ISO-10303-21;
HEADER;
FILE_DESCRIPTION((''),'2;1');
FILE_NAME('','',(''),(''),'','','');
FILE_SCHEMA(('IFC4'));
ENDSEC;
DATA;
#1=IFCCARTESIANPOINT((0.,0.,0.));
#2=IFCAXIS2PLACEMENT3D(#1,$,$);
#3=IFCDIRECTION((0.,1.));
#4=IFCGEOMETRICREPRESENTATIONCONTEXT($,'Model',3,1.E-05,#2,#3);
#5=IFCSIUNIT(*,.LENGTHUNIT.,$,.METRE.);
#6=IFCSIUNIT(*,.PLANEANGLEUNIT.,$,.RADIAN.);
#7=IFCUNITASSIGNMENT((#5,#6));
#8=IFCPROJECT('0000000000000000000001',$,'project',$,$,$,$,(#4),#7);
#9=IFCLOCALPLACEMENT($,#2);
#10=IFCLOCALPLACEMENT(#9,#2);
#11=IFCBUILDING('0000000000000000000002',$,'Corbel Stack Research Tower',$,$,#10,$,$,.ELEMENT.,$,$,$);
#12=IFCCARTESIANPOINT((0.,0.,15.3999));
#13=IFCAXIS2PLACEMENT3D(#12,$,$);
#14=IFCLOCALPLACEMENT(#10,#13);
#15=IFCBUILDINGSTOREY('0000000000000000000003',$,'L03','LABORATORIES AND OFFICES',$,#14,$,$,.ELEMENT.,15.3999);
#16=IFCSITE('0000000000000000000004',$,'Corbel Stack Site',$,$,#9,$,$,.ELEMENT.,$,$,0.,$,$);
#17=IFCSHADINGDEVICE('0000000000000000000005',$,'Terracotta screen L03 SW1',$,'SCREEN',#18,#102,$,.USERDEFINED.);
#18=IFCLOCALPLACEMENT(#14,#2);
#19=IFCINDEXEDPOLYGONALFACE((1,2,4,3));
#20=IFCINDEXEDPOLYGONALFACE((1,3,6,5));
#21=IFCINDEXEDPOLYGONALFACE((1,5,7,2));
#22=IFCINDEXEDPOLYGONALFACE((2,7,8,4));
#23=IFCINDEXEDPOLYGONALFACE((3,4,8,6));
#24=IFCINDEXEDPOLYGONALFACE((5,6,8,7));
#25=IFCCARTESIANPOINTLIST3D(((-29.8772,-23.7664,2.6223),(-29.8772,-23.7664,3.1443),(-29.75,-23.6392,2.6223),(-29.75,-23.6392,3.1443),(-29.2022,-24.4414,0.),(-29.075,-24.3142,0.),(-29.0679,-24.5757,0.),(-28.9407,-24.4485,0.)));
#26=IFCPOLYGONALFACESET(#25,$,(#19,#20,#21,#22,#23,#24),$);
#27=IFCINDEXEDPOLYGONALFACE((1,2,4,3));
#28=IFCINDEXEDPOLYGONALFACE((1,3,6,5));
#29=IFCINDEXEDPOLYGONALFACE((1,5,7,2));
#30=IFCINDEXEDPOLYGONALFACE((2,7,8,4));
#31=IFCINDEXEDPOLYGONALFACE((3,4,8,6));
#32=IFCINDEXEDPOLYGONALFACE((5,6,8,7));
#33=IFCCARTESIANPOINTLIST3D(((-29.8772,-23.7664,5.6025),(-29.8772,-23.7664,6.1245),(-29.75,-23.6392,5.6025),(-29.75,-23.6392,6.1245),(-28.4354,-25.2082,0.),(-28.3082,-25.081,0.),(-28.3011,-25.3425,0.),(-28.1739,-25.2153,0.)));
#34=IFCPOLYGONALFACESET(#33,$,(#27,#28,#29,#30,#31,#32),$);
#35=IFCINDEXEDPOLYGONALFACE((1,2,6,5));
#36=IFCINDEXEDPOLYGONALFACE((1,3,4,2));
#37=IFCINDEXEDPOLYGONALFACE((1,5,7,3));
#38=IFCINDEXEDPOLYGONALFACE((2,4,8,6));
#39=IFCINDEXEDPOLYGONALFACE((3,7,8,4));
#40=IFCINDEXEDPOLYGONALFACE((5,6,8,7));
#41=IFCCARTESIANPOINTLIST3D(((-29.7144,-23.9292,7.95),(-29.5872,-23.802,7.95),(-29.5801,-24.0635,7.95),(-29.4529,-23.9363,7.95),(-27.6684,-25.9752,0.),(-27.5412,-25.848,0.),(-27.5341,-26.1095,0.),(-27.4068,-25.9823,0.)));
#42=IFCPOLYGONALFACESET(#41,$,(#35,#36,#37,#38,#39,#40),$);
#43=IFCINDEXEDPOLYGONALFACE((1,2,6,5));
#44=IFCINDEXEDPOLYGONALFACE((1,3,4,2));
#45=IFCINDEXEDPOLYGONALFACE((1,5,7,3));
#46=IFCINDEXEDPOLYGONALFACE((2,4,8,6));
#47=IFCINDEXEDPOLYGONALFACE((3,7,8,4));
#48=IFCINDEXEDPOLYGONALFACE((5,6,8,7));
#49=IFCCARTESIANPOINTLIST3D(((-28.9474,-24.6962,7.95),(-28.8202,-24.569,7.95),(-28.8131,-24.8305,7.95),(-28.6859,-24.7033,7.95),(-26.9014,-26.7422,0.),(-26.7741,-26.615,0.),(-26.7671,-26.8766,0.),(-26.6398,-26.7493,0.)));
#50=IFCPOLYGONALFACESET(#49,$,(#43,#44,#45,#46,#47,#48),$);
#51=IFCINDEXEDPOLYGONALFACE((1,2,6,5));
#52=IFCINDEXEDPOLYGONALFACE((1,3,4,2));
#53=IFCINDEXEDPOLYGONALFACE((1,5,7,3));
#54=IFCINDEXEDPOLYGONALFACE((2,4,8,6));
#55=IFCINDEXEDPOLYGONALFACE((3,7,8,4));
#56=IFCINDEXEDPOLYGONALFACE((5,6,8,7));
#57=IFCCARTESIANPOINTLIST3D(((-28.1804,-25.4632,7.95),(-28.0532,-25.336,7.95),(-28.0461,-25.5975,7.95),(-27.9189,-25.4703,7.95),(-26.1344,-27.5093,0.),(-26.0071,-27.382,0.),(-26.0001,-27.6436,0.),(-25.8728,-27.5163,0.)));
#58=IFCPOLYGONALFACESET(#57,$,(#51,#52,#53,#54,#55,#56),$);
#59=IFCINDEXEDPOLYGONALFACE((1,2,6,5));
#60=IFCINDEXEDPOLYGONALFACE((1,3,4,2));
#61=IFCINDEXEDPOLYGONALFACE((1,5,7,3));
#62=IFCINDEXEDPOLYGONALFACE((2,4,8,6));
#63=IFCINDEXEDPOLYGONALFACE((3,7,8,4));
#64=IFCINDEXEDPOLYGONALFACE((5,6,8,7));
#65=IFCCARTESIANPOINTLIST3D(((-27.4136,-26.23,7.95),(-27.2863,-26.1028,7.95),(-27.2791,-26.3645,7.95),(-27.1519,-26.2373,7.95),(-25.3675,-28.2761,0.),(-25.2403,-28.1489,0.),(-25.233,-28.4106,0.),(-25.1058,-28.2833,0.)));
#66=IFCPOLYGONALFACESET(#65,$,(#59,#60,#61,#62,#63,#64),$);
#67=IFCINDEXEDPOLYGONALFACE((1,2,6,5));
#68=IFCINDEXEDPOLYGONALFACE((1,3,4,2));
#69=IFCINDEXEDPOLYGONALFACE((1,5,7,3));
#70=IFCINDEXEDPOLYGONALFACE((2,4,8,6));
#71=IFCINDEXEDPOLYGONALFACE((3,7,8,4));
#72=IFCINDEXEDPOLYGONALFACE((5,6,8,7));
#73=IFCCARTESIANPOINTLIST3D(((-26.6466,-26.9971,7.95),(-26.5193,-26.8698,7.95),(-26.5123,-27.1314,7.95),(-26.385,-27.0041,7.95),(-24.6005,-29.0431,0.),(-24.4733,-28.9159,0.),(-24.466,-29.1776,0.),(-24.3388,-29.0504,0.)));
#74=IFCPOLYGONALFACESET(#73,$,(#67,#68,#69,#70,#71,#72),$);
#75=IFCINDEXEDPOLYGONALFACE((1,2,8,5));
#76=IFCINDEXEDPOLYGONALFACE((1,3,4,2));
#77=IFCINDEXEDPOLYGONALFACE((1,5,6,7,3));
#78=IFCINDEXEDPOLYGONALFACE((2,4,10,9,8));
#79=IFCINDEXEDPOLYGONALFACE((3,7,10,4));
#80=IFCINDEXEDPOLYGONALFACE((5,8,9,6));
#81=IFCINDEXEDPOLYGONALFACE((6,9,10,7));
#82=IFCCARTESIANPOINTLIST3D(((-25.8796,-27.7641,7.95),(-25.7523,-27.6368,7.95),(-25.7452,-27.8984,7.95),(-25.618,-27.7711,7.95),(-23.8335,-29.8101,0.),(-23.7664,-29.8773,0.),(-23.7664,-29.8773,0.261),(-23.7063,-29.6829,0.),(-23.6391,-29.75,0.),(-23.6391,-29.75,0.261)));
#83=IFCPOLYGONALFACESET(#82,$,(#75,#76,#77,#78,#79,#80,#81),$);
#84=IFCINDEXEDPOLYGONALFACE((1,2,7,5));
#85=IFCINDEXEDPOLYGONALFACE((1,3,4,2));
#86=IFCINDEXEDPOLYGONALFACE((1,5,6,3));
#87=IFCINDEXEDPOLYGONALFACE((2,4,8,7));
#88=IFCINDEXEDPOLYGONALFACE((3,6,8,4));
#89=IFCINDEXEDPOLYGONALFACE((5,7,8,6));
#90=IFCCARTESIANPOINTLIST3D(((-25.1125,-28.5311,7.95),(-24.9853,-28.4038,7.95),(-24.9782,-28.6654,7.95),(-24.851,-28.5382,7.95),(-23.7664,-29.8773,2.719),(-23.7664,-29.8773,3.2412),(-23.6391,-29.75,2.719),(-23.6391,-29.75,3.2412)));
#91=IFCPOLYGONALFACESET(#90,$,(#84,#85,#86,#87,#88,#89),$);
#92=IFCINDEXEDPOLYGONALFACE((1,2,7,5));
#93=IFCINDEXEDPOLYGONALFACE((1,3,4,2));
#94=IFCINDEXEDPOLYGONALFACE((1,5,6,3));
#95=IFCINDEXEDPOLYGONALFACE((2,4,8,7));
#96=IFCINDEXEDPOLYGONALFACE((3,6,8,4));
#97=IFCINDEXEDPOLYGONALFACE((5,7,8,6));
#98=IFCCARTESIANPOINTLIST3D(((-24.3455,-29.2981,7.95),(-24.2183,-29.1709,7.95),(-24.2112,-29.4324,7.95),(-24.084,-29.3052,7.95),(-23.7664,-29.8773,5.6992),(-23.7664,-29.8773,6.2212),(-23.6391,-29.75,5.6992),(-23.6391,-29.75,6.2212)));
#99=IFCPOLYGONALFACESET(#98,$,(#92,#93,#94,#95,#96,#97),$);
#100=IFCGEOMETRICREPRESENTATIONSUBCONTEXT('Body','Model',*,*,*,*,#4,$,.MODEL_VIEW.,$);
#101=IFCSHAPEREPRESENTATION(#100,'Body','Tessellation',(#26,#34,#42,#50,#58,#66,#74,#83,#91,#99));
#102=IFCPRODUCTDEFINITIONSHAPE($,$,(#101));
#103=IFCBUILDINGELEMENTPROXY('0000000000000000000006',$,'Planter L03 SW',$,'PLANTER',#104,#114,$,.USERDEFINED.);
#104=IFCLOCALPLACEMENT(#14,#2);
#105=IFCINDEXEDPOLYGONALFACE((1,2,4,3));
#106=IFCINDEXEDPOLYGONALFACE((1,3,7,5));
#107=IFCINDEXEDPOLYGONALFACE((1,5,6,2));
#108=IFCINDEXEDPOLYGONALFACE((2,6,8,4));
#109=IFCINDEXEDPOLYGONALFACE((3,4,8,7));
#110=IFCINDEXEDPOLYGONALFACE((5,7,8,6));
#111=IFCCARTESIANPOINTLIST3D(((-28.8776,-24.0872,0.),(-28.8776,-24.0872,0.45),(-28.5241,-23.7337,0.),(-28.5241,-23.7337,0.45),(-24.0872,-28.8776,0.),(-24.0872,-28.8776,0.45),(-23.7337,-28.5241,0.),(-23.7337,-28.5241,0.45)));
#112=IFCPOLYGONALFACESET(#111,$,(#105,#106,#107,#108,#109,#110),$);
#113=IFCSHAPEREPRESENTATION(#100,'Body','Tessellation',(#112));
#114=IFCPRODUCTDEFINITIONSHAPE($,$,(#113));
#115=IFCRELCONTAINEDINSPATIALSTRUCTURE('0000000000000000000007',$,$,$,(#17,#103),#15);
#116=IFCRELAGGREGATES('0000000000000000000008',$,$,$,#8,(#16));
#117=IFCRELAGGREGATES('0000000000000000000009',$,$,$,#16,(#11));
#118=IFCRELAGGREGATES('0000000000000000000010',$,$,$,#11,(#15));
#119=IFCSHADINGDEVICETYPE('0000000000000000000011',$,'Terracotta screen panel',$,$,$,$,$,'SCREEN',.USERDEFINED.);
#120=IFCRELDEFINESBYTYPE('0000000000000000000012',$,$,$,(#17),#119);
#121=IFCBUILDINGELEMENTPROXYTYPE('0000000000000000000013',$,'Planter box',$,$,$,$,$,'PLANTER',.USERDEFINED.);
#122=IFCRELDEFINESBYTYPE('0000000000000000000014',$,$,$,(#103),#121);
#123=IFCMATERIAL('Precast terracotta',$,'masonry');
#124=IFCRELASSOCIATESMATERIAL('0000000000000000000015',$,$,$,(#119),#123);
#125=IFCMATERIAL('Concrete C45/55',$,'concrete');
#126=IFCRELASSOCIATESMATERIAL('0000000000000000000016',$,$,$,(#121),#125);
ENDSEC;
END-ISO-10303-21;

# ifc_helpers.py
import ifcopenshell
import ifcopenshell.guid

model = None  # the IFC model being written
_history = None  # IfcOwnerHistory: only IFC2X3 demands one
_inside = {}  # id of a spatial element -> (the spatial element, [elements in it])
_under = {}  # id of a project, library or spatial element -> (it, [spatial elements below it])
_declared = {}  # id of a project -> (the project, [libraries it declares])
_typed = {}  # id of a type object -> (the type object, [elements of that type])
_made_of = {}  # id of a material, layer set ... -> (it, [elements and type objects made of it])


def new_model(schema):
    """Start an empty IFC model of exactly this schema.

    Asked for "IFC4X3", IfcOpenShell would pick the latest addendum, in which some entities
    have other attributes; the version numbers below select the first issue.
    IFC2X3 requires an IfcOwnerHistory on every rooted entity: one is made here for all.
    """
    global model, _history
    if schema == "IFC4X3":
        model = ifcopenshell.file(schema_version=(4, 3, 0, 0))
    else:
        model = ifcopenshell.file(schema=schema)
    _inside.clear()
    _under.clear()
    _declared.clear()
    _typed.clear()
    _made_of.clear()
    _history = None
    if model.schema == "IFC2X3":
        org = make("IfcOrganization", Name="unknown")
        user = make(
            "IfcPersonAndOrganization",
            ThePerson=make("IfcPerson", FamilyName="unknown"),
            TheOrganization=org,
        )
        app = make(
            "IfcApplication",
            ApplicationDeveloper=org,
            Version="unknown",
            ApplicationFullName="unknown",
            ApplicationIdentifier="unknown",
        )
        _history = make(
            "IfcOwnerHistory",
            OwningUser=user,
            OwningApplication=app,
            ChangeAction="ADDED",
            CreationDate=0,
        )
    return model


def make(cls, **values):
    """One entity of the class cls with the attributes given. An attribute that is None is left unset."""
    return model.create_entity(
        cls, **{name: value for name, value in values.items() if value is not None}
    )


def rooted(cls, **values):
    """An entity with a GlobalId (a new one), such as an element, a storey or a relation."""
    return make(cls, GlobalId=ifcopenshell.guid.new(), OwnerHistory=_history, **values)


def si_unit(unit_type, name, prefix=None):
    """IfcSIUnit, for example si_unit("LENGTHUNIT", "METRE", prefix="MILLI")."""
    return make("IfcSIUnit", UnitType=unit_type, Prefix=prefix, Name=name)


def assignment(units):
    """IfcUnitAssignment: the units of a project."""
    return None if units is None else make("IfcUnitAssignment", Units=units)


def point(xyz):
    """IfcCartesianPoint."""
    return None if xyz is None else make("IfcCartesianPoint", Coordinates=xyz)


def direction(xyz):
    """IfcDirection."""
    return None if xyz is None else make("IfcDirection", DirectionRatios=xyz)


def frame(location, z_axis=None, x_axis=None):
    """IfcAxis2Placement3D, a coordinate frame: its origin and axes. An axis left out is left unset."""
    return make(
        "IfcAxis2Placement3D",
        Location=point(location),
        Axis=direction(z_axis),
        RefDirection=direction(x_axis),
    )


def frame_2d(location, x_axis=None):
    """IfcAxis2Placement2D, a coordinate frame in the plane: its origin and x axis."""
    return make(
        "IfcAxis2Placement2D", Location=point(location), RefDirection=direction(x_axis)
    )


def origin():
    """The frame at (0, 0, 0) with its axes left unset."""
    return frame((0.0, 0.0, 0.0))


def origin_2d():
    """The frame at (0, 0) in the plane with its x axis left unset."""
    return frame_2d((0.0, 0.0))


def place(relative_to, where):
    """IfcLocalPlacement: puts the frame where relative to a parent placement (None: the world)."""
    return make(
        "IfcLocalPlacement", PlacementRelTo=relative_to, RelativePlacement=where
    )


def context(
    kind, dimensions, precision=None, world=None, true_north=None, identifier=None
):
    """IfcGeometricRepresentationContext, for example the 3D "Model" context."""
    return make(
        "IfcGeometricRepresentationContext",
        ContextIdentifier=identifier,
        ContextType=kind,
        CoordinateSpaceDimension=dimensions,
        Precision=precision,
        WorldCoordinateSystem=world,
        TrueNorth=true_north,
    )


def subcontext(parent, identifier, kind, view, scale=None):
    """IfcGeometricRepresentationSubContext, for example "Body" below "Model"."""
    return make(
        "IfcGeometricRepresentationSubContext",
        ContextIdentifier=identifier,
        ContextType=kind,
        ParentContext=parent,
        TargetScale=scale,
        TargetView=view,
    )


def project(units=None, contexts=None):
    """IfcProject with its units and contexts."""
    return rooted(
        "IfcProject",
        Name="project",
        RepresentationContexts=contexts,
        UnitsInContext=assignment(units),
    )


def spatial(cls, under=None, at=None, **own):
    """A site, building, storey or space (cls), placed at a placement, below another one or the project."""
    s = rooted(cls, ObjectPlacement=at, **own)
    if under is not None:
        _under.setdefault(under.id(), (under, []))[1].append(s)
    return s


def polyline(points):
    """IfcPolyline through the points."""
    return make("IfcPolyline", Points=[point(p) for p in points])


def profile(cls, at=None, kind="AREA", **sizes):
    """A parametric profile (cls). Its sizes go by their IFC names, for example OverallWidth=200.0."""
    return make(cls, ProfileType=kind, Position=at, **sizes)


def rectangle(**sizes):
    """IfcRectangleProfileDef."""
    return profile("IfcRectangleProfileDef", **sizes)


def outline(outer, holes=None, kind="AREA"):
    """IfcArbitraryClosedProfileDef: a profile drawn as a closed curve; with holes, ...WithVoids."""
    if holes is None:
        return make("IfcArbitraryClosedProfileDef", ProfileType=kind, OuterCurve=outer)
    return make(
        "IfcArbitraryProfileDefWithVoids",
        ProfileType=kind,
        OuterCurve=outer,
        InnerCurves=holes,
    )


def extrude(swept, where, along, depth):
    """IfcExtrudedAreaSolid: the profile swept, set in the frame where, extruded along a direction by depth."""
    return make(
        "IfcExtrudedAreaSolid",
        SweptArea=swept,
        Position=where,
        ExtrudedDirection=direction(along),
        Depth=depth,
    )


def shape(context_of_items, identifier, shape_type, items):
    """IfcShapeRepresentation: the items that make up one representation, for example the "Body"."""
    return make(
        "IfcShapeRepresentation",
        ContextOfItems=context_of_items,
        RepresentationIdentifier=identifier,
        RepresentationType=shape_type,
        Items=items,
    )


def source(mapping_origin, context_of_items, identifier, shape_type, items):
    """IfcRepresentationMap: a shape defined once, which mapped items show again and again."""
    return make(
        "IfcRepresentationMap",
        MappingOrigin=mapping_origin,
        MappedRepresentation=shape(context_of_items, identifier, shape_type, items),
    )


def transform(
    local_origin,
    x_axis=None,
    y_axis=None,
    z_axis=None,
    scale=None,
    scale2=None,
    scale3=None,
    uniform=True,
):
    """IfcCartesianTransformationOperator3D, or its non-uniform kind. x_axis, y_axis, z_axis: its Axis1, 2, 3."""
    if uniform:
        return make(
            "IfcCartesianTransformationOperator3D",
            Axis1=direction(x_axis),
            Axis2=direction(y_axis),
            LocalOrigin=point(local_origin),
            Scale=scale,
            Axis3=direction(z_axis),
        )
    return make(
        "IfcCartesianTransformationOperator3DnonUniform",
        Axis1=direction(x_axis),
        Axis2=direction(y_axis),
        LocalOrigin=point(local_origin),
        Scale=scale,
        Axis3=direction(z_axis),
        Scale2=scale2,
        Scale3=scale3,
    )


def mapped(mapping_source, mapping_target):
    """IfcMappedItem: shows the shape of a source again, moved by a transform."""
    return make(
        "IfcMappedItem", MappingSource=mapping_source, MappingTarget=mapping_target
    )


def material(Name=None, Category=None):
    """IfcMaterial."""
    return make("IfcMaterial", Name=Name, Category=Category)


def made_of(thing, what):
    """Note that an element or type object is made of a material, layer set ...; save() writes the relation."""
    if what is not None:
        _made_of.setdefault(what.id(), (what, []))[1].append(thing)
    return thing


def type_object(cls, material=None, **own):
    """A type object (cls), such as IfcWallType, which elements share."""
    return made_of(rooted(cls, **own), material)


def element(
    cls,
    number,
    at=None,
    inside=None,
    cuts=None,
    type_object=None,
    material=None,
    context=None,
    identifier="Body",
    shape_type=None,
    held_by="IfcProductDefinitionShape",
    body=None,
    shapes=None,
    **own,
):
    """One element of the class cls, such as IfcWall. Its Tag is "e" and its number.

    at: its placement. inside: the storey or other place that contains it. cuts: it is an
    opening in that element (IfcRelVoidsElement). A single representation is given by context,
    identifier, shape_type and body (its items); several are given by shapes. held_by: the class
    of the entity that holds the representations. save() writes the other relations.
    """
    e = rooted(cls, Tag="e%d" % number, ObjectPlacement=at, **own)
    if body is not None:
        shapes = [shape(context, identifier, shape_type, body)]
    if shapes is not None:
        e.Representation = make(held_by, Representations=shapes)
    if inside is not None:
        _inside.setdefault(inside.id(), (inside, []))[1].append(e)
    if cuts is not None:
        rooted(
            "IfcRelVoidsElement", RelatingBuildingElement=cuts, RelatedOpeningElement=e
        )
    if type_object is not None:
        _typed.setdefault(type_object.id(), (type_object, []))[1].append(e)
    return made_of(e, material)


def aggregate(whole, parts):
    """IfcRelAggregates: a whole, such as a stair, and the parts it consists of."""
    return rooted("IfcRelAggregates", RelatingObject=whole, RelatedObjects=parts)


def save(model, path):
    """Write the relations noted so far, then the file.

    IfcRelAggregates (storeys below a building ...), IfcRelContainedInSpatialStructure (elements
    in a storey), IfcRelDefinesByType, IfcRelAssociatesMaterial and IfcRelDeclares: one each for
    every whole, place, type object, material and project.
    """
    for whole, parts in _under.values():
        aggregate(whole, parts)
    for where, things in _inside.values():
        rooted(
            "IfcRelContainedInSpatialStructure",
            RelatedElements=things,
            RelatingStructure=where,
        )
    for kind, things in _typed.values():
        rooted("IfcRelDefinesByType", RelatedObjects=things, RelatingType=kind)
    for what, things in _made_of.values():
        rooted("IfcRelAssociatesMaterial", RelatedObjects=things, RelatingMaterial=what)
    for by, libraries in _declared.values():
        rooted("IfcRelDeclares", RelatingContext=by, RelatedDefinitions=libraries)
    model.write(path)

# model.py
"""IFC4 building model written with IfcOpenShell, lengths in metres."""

from ifc_helpers import new_model, si_unit, direction, frame, origin, origin_2d, place, context, subcontext, project, spatial, polyline, rectangle, outline, extrude, source, transform, mapped, material, type_object, element, save


model = new_model("IFC4")

# Units and contexts
model_context = context("Model", 3, precision=1e-05, world=origin(), true_north=direction((0.0, 1.0)))
body_context = subcontext(model_context, "Body", "Model", "MODEL_VIEW")
ifc_project = project(units=[si_unit("LENGTHUNIT", "METRE"), si_unit("PLANEANGLEUNIT", "RADIAN")], contexts=[model_context])

# Site, building, storey
site_placement = place(None, origin())
site = spatial("IfcSite", under=ifc_project, at=site_placement, Name="Corbel Stack Site", CompositionType="ELEMENT", RefElevation=0.0)
building_placement = place(site_placement, origin())
building = spatial("IfcBuilding", under=site, at=building_placement, Name="Corbel Stack Research Tower", CompositionType="ELEMENT")
storey_placement = place(building_placement, frame((0.0, 0.0, 15.3999)))
storey = spatial("IfcBuildingStorey", under=building, at=storey_placement, Name="L03", Description="LABORATORIES AND OFFICES", CompositionType="ELEMENT", Elevation=15.3999)

# Shading device
ifc_material_1 = material(Name="Precast terracotta", Category="masonry")
shading_device_type = type_object("IfcShadingDeviceType", Name="Terracotta screen panel", ElementType="SCREEN", PredefinedType="USERDEFINED", material=ifc_material_1)
shared_shape_1 = source(origin(), body_context, "Body", "SweptSolid", [
    extrude(outline(polyline([(1.1445, 0.0), (0.0, 3.1443), (0.0, 2.6223), (0.9546, 0.0), (1.1445, 0.0)])), frame((0.0, 0.0, 0.0), z_axis=(0.0, -1.0, 0.0), x_axis=(1.0, 0.0, 0.0)), (0.0, 0.0, 1.0), 0.1799),
    extrude(outline(polyline([(2.229, 0.0), (0.0, 6.1245), (0.0, 5.6025), (2.0391, 0.0), (2.229, 0.0)])), frame((0.0, 0.0, 0.0), z_axis=(0.0, -1.0, 0.0), x_axis=(1.0, 0.0, 0.0)), (0.0, 0.0, 1.0), 0.1799),
    extrude(outline(polyline([(3.3137, 0.0), (0.4202, 7.95), (0.2302, 7.95), (3.1238, 0.0), (3.3137, 0.0)])), frame((0.0, 0.0, 0.0), z_axis=(0.0, -1.0, 0.0), x_axis=(1.0, 0.0, 0.0)), (0.0, 0.0, 1.0), 0.1799),
    extrude(outline(polyline([(4.3984, 0.0), (1.5049, 7.95), (1.3149, 7.95), (4.2085, 0.0), (4.3984, 0.0)])), frame((0.0, 0.0, 0.0), z_axis=(0.0, -1.0, 0.0), x_axis=(1.0, 0.0, 0.0)), (0.0, 0.0, 1.0), 0.1799),
    extrude(outline(polyline([(5.4832, 0.0), (2.5896, 7.95), (2.3997, 7.95), (5.2932, 0.0), (5.4832, 0.0)])), frame((0.0, 0.0, 0.0), z_axis=(0.0, -1.0, 0.0), x_axis=(1.0, 0.0, 0.0)), (0.0, 0.0, 1.0), 0.1799),
    extrude(outline(polyline([(6.5679, 0.0), (3.6743, 7.95), (3.4841, 7.95), (6.3777, 0.0), (6.5679, 0.0)])), frame((0.0, 0.0, 0.0), z_axis=(0.0, -1.0, 0.0), x_axis=(1.0, 0.0, 0.0)), (0.0, 0.0, 1.0), 0.1799),
    extrude(outline(polyline([(7.6526, 0.0), (4.7588, 7.95), (4.5688, 7.95), (7.4624, 0.0), (7.6526, 0.0)])), frame((0.0, 0.0, 0.0), z_axis=(0.0, -1.0, 0.0), x_axis=(1.0, 0.0, 0.0)), (0.0, 0.0, 1.0), 0.1799),
    extrude(outline(polyline([(8.6421, 0.0), (8.6421, 0.261), (5.8435, 7.95), (5.6536, 7.95), (8.5471, 0.0), (8.6421, 0.0)])), frame((0.0, 0.0, 0.0), z_axis=(0.0, -1.0, 0.0), x_axis=(1.0, 0.0, 0.0)), (0.0, 0.0, 1.0), 0.1799),
    extrude(outline(polyline([(6.9282, 7.95), (6.7383, 7.95), (8.6421, 2.719), (8.6421, 3.2412), (6.9282, 7.95)])), frame((0.0, 0.0, 0.0), z_axis=(0.0, -1.0, 0.0), x_axis=(1.0, 0.0, 0.0)), (0.0, 0.0, 1.0), 0.1799),
    extrude(outline(polyline([(8.0129, 7.95), (7.823, 7.95), (8.6421, 5.6992), (8.6421, 6.2212), (8.0129, 7.95)])), frame((0.0, 0.0, 0.0), z_axis=(0.0, -1.0, 0.0), x_axis=(1.0, 0.0, 0.0)), (0.0, 0.0, 1.0), 0.1799),
])
shading_device_1_placement = place(storey_placement, frame((-29.75, -23.6392, 0.0), z_axis=(0.0, 0.0, 1.0), x_axis=(0.707107, -0.707107, 0.0)))
element("IfcShadingDevice", 1, at=shading_device_1_placement, inside=storey, type_object=shading_device_type, Name="Terracotta screen L03 SW1", ObjectType="SCREEN", PredefinedType="USERDEFINED", context=body_context, shape_type="MappedRepresentation", body=[
    mapped(shared_shape_1, transform((0.0, 0.0, 0.0))),
])

# Building element proxy
ifc_material_2 = material(Name="Concrete C45/55", Category="concrete")
building_element_proxy_type = type_object("IfcBuildingElementProxyType", Name="Planter box", ElementType="PLANTER", PredefinedType="USERDEFINED", material=ifc_material_2)
proxy_placement = place(storey_placement, frame((-26.3057, -26.3057, 0.0), z_axis=(0.0, 0.0, 1.0), x_axis=(0.707107, -0.707107, 0.0)))
element("IfcBuildingElementProxy", 2, at=proxy_placement, inside=storey, type_object=building_element_proxy_type, Name="Planter L03 SW", ObjectType="PLANTER", PredefinedType="USERDEFINED", context=body_context, shape_type="SweptSolid", body=[
    extrude(rectangle(XDim=6.7747, YDim=0.5, at=origin_2d()), origin(), (0.0, 0.0, 1.0), 0.45),
])

save(model, "model.ifc")
